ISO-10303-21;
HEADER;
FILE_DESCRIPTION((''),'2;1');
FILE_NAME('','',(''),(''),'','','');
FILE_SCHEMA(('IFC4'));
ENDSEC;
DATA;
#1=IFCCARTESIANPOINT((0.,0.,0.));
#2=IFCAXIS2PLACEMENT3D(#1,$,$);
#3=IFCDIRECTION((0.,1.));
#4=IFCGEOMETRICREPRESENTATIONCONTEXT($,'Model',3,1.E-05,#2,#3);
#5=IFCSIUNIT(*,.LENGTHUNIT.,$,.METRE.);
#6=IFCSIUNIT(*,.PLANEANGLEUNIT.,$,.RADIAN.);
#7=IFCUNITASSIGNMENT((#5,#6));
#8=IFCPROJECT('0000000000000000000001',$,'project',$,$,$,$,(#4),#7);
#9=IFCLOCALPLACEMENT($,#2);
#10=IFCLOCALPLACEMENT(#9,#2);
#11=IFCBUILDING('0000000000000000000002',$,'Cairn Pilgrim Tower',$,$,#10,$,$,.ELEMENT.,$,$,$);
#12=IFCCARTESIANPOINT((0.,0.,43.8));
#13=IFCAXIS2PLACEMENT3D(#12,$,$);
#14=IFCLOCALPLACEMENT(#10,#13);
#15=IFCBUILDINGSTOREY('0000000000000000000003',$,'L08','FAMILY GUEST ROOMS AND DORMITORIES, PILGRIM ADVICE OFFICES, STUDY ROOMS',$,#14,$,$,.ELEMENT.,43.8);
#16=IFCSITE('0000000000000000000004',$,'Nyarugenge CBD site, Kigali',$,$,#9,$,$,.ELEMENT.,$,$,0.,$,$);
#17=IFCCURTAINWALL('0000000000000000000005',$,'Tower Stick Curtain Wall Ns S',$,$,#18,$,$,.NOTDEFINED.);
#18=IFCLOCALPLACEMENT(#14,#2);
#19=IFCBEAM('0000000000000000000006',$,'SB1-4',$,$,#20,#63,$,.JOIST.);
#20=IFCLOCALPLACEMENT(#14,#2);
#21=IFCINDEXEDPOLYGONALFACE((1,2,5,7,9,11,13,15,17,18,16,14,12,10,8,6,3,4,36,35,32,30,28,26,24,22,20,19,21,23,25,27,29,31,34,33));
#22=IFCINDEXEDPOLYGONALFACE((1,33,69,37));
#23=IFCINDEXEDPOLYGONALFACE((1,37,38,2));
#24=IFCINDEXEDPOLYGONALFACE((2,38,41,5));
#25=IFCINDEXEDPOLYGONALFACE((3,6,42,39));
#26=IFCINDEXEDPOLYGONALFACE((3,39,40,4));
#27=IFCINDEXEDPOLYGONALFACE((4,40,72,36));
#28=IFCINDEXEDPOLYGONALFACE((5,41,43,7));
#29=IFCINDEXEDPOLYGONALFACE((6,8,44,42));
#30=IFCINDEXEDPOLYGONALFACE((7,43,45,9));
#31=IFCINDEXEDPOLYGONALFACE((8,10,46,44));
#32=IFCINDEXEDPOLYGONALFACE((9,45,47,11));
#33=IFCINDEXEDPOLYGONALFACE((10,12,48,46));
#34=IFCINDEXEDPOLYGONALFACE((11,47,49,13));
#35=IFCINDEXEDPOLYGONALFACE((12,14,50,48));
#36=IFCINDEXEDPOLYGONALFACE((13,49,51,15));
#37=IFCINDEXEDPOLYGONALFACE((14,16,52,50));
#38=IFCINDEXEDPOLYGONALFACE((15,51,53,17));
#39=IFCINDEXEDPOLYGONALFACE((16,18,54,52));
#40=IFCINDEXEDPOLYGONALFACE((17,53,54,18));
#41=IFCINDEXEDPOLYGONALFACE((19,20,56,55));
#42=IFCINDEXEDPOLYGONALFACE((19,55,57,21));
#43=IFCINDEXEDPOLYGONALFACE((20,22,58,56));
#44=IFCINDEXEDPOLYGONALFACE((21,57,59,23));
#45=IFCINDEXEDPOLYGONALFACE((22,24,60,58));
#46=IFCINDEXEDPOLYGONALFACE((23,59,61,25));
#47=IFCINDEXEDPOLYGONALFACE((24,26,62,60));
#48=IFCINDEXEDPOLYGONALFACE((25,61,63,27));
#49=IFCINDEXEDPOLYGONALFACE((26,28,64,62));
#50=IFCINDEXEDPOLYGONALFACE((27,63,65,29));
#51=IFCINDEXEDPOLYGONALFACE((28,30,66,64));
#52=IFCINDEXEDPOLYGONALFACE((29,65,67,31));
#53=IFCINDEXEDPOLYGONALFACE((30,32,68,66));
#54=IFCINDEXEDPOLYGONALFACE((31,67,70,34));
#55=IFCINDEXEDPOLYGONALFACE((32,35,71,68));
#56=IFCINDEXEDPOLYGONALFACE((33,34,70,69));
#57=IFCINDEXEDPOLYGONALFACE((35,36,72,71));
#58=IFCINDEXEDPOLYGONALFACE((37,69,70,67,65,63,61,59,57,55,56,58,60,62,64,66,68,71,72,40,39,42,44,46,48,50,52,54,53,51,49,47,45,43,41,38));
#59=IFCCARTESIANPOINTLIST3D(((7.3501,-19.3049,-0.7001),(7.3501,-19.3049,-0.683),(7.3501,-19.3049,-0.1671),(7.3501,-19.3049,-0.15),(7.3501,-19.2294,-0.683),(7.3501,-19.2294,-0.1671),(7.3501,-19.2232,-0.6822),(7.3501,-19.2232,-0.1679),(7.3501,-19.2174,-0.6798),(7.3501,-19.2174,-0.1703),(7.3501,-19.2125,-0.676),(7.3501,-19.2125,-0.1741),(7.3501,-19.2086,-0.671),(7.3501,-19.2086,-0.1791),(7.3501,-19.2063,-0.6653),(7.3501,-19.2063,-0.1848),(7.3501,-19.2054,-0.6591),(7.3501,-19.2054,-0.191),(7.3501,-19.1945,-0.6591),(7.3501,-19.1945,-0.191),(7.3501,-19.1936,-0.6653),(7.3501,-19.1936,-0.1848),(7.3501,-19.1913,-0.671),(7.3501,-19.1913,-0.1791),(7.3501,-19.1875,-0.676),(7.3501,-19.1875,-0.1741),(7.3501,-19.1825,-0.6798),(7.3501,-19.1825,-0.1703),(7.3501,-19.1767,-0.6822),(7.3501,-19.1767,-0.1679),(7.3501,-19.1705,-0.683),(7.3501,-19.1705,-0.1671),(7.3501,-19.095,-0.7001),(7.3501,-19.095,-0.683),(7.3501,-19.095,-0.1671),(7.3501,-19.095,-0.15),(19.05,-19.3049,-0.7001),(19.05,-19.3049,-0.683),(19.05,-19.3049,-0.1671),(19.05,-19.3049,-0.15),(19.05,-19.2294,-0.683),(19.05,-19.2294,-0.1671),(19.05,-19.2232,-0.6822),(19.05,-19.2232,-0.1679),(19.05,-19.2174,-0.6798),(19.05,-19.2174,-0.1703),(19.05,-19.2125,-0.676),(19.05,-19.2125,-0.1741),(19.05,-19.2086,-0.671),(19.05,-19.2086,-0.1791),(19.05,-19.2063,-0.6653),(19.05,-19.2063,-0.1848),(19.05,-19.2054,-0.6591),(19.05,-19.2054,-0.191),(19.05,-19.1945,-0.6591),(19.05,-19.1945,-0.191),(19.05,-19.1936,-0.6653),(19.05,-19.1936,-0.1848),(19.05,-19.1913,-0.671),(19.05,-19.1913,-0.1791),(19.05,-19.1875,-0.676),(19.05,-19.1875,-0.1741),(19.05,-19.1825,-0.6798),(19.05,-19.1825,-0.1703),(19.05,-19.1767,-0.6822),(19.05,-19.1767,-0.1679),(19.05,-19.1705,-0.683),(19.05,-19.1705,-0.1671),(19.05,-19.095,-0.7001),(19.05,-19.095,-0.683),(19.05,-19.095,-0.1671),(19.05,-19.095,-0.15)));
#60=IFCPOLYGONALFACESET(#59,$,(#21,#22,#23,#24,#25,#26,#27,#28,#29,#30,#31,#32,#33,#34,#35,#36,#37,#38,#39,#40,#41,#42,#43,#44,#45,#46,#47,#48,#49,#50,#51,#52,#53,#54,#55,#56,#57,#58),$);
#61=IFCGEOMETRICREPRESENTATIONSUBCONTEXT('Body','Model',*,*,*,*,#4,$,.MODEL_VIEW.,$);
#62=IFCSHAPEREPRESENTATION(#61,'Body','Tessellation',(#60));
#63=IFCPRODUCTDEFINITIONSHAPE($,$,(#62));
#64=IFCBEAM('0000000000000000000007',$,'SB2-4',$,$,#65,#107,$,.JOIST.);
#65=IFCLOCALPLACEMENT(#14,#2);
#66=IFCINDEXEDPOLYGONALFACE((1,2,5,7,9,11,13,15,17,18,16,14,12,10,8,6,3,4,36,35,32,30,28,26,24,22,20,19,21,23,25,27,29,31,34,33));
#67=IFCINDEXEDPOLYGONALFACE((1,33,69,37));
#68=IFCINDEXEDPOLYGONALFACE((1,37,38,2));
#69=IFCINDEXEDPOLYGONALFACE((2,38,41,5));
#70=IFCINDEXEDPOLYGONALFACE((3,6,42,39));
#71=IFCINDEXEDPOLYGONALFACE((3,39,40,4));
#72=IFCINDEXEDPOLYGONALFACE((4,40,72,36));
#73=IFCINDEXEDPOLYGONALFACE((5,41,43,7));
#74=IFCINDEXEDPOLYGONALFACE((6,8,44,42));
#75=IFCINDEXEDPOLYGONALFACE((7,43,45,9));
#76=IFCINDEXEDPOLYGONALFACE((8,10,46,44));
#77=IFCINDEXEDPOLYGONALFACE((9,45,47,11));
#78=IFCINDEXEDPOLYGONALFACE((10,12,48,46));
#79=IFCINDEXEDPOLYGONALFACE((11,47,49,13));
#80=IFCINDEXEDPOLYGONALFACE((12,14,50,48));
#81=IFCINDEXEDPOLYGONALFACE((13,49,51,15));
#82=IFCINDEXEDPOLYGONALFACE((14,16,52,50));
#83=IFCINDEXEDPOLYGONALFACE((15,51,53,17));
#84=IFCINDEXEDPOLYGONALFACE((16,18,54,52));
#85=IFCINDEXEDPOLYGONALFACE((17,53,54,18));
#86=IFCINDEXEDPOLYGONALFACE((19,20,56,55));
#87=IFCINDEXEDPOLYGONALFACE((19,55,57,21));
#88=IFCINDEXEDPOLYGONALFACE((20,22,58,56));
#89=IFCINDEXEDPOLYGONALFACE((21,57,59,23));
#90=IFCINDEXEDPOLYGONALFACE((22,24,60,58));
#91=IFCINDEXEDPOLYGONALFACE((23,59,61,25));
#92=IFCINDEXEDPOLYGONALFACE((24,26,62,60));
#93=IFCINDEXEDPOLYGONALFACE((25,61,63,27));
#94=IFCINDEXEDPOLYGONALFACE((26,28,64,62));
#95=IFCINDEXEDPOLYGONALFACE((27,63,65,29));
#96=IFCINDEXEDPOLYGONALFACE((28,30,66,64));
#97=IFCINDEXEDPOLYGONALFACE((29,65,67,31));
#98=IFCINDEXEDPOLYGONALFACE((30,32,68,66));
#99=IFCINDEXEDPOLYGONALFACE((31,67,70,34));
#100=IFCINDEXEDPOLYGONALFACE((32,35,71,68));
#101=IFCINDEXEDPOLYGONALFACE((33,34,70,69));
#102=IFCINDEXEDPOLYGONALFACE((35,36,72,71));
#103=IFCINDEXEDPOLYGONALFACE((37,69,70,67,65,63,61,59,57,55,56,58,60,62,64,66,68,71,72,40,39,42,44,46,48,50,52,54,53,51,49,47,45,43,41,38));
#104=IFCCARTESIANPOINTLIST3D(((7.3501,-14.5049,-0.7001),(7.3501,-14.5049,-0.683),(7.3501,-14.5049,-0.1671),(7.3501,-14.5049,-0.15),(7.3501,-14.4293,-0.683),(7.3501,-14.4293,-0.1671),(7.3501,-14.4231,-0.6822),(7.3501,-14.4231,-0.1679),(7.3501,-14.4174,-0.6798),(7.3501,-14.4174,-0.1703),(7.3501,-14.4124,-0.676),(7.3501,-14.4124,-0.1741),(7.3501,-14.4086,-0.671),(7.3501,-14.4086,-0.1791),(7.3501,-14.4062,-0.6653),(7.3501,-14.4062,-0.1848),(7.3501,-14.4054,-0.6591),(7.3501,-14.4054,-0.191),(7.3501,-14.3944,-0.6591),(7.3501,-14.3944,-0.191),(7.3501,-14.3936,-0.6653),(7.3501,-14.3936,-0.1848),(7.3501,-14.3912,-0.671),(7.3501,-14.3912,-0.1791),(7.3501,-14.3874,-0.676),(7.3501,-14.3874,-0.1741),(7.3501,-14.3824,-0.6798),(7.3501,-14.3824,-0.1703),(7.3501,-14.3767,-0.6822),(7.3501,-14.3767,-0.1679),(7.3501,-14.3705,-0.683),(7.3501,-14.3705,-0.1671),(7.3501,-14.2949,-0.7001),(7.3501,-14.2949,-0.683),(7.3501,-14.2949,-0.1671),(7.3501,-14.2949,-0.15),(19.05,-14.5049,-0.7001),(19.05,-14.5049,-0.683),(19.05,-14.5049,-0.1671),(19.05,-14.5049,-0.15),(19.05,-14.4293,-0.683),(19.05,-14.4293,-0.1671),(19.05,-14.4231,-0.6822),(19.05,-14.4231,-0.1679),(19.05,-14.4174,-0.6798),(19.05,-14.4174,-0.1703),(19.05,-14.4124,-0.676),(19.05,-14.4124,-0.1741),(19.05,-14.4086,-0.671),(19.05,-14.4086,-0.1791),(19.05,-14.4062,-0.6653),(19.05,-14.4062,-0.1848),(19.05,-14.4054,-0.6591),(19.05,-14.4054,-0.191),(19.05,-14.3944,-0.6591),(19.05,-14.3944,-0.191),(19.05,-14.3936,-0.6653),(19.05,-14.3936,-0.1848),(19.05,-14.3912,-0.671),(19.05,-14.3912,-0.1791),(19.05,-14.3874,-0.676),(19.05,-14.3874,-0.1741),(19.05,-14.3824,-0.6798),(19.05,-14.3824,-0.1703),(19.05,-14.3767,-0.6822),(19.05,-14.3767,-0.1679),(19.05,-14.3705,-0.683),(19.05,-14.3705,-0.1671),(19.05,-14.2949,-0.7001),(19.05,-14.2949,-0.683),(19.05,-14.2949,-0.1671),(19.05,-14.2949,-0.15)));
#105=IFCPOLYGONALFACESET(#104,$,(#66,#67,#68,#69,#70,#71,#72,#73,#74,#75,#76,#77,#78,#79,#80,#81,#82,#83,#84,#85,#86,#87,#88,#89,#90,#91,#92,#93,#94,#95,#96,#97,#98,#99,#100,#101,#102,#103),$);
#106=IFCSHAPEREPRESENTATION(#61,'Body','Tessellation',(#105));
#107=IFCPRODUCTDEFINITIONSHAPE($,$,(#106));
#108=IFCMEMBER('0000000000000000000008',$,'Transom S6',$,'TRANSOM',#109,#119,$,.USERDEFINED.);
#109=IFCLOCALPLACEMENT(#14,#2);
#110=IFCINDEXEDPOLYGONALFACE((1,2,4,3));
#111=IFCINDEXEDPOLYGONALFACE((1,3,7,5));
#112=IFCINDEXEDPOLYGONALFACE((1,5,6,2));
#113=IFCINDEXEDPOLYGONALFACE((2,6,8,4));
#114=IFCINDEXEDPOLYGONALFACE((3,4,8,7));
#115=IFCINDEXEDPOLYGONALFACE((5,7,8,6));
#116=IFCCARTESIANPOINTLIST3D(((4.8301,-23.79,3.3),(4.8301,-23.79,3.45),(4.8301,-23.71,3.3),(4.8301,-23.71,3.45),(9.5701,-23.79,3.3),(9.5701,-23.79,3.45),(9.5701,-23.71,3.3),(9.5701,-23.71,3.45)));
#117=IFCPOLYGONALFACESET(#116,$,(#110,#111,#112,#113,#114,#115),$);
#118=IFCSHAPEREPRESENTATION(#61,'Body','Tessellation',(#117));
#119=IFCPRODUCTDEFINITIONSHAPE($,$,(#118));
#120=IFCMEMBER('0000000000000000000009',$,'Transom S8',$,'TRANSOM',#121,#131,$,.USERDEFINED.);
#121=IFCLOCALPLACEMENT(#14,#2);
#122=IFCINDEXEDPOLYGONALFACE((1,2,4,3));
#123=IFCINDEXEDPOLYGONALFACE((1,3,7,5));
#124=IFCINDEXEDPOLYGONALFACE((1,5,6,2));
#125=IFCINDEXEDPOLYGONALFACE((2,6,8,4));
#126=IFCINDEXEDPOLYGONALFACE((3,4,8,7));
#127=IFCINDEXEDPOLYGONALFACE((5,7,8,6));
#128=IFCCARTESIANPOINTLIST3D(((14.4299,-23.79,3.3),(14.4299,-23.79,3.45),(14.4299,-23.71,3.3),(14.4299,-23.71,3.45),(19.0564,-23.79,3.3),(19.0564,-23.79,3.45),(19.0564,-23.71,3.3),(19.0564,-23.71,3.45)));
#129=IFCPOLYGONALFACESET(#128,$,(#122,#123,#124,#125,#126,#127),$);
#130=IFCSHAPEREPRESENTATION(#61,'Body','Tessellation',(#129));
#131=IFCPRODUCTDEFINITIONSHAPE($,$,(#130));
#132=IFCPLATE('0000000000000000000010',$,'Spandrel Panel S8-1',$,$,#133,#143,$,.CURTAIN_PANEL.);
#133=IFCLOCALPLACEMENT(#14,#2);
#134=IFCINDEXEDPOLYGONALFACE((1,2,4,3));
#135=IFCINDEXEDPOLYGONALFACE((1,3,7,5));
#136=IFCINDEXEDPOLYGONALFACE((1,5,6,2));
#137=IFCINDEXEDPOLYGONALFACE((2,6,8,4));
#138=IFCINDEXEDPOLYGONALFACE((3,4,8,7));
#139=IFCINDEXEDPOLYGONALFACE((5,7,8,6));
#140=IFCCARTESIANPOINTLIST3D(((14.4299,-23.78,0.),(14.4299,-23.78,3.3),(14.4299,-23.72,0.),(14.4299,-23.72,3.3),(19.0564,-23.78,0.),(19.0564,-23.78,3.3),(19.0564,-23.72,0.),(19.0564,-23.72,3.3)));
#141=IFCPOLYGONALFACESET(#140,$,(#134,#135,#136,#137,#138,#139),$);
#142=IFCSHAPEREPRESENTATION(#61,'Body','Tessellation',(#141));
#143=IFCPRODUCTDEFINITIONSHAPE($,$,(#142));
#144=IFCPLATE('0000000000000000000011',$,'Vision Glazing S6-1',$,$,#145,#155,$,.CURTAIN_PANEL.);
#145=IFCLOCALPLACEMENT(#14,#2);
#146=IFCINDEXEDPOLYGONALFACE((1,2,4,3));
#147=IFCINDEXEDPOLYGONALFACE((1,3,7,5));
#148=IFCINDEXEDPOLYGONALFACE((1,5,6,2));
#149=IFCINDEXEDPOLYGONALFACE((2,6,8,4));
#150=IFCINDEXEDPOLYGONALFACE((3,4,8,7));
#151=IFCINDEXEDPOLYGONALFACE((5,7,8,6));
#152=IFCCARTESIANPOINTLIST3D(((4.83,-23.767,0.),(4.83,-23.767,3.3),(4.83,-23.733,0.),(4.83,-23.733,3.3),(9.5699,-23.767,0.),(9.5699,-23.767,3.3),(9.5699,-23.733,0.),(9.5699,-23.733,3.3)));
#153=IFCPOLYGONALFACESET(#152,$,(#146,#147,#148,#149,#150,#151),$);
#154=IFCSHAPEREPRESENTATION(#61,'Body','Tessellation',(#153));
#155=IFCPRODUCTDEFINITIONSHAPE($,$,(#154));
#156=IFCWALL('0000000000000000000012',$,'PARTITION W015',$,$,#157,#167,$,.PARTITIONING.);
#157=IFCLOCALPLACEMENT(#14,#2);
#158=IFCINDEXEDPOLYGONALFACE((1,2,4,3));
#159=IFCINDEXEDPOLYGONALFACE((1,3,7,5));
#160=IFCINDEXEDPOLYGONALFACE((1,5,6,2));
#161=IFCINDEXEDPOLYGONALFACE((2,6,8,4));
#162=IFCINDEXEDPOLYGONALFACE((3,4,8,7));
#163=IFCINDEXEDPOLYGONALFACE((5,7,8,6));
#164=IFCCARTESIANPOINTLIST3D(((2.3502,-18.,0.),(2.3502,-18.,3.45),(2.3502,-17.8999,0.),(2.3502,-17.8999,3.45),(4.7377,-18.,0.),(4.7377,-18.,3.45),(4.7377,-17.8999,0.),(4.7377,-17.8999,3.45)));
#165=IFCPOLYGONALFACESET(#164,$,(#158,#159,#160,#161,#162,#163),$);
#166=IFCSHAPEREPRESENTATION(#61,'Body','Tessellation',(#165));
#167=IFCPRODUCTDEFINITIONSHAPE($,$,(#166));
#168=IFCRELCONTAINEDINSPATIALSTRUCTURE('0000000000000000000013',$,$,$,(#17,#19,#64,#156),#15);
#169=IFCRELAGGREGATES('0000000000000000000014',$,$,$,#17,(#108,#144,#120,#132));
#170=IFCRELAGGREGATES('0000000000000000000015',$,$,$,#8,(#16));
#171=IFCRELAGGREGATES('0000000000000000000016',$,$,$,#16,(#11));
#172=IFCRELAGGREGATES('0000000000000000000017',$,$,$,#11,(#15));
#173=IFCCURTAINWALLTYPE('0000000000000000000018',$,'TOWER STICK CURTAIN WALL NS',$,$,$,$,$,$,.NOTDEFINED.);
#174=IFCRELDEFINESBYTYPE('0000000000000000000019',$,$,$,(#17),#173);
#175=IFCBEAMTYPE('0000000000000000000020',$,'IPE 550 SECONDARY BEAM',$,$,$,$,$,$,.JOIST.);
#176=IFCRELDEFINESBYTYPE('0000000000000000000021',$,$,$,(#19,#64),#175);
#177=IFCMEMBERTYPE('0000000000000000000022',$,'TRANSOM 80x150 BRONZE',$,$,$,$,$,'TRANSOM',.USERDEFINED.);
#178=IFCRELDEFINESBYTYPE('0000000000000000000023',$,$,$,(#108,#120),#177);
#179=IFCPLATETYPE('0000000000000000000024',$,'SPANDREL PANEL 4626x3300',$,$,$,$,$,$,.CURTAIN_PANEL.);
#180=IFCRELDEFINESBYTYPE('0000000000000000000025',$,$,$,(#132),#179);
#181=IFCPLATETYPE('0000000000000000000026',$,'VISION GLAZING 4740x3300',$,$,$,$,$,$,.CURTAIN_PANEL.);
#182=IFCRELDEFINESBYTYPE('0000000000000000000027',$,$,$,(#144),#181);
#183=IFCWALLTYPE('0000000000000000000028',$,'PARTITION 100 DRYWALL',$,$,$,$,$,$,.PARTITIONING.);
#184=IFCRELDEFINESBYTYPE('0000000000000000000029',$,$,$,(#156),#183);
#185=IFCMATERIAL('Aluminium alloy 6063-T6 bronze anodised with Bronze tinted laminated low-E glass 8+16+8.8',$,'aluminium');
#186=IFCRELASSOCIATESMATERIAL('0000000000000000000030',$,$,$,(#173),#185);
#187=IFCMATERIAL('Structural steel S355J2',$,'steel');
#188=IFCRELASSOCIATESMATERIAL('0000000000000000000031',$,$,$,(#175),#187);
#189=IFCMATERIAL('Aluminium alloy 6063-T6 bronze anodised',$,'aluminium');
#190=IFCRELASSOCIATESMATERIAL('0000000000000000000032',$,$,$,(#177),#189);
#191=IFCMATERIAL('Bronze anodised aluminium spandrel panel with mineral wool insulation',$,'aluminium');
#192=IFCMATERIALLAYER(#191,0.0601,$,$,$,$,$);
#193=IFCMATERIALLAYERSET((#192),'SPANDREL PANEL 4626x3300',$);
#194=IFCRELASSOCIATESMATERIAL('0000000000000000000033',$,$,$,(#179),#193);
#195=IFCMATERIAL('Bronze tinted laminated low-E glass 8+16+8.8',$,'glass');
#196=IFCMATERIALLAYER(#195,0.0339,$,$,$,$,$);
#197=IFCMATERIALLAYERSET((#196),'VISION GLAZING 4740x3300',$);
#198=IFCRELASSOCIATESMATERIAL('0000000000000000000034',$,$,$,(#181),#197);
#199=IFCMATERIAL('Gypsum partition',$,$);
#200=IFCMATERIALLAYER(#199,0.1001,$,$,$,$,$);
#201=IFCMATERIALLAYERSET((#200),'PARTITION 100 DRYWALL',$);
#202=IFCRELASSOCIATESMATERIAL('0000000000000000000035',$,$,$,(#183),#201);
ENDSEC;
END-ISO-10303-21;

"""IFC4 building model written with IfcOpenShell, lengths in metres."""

from ifc_helpers import new_model, si_unit, direction, frame, frame_2d, origin, origin_2d, place, context, subcontext, project, spatial, rectangle, i_section, extrude, material, layer, layer_set, material_profile, profile_set, type_object, element, aggregate, save


model = new_model("IFC4")

# Units and contexts
model_context = context("Model", 3, precision=1e-05, world=origin(), true_north=direction((0.0, 1.0)))
body_context = subcontext(model_context, "Body", "Model", "MODEL_VIEW")
ifc_project = project(units=[si_unit("LENGTHUNIT", "METRE"), si_unit("PLANEANGLEUNIT", "RADIAN")], contexts=[model_context])

# Site, building, storey
site_placement = place(None, origin())
site = spatial("IfcSite", under=ifc_project, at=site_placement, Name="Nyarugenge CBD site, Kigali", CompositionType="ELEMENT", RefElevation=0.0)
building_placement = place(site_placement, origin())
building = spatial("IfcBuilding", under=site, at=building_placement, Name="Cairn Pilgrim Tower", CompositionType="ELEMENT")
storey_placement = place(building_placement, frame((0.0, 0.0, 43.8)))
storey = spatial("IfcBuildingStorey", under=building, at=storey_placement, Name="L08", Description="FAMILY GUEST ROOMS AND DORMITORIES, PILGRIM ADVICE OFFICES, STUDY ROOMS", CompositionType="ELEMENT", Elevation=43.8)

# Curtain wall
ifc_material_1 = material(Name="Aluminium alloy 6063-T6 bronze anodised with Bronze tinted laminated low-E glass 8+16+8.8", Category="aluminium")
curtain_wall_type = type_object("IfcCurtainWallType", Name="TOWER STICK CURTAIN WALL NS", PredefinedType="NOTDEFINED", material=ifc_material_1)
curtain_wall_placement = place(storey_placement, origin())
curtain_wall = element("IfcCurtainWall", 1, at=curtain_wall_placement, inside=storey, type_object=curtain_wall_type, Name="Tower Stick Curtain Wall Ns S", PredefinedType="NOTDEFINED")
ifc_material_2 = material(Name="Aluminium alloy 6063-T6 bronze anodised", Category="aluminium")

# Beams
ifc_material_3 = material(Name="Structural steel S355J2", Category="steel")
ifc_material_profile_1 = material_profile(ifc_material_3, i_section(OverallWidth=0.21, OverallDepth=0.55, WebThickness=0.011, FlangeThickness=0.0171, FilletRadius=0.0239, at=origin_2d()), Name="IPE 550")
ifc_profile_set_1 = profile_set([ifc_material_profile_1], Name="Structural steel S355J2")
beam_type_1 = type_object("IfcBeamType", Name="IPE 550 SECONDARY BEAM", PredefinedType="JOIST", material=ifc_profile_set_1)
for number, where, z_axis, x_axis, name in (
    (2, (7.3501, -19.2, -0.425), (1.0, 0.0, 0.0), (0.0, 1.0, 0.0), "SB1-4"),
    (3, (7.3501, -14.3999, -0.425), (1.0, 0.0, 0.0), (0.0, 1.0, 0.0), "SB2-4"),
):
    element("IfcBeam", number, at=place(storey_placement, frame(where, z_axis=z_axis, x_axis=x_axis)), inside=storey, type_object=beam_type_1, Name=name, PredefinedType="JOIST", context=body_context, shape_type="SweptSolid", body=[
        extrude(i_section(OverallWidth=0.21, OverallDepth=0.55, WebThickness=0.011, FlangeThickness=0.0171, FilletRadius=0.0239, at=origin_2d()), origin(), (0.0, 0.0, 1.0), 11.7),
    ])

# Members
ifc_material_profile_2 = material_profile(ifc_material_2, rectangle(XDim=0.0801, YDim=0.1499, at=origin_2d()), Name="TRANSOM 80x150 BRONZE")
ifc_profile_set_2 = profile_set([ifc_material_profile_2], Name="Aluminium alloy 6063-T6 bronze anodised")
member_type_1 = type_object("IfcMemberType", Name="TRANSOM 80x150 BRONZE", ElementType="TRANSOM", PredefinedType="USERDEFINED", material=ifc_profile_set_2)
member_1_placement = place(storey_placement, frame((4.8301, -23.75, 3.375), z_axis=(1.0, 0.0, 0.0), x_axis=(0.0, 1.0, 0.0)))
member_1 = element("IfcMember", 4, at=member_1_placement, type_object=member_type_1, Name="Transom S6", ObjectType="TRANSOM", PredefinedType="USERDEFINED", context=body_context, shape_type="SweptSolid", body=[
    extrude(rectangle(XDim=0.0801, YDim=0.1499, at=origin_2d()), origin(), (0.0, 0.0, 1.0), 4.74),
])
member_2_placement = place(storey_placement, frame((14.4299, -23.75, 3.375), z_axis=(1.0, 0.0, 0.0), x_axis=(0.0, 1.0, 0.0)))
member_2 = element("IfcMember", 5, at=member_2_placement, type_object=member_type_1, Name="Transom S8", ObjectType="TRANSOM", PredefinedType="USERDEFINED", context=body_context, shape_type="SweptSolid", body=[
    extrude(rectangle(XDim=0.0801, YDim=0.1499, at=origin_2d()), origin(), (0.0, 0.0, 1.0), 4.6265),
])

# Plates
ifc_material_4 = material(Name="Bronze anodised aluminium spandrel panel with mineral wool insulation", Category="aluminium")
ifc_layer_1 = layer(ifc_material_4, 0.0601)
ifc_layer_set_1 = layer_set([ifc_layer_1], Name="SPANDREL PANEL 4626x3300")
plate_type_1 = type_object("IfcPlateType", Name="SPANDREL PANEL 4626x3300", PredefinedType="CURTAIN_PANEL", material=ifc_layer_set_1)
plate_1_placement = place(storey_placement, frame((16.7432, -23.75, 0.0), z_axis=(0.0, 0.0, 1.0), x_axis=(1.0, 0.0, 0.0)))
plate_1 = element("IfcPlate", 6, at=plate_1_placement, type_object=plate_type_1, Name="Spandrel Panel S8-1", PredefinedType="CURTAIN_PANEL", context=body_context, shape_type="SweptSolid", body=[
    extrude(rectangle(XDim=4.6265, YDim=0.0601, at=origin_2d()), origin(), (0.0, 0.0, 1.0), 3.3),
])
ifc_material_5 = material(Name="Bronze tinted laminated low-E glass 8+16+8.8", Category="glass")
ifc_layer_2 = layer(ifc_material_5, 0.0339)
ifc_layer_set_2 = layer_set([ifc_layer_2], Name="VISION GLAZING 4740x3300")
plate_type_2 = type_object("IfcPlateType", Name="VISION GLAZING 4740x3300", PredefinedType="CURTAIN_PANEL", material=ifc_layer_set_2)
plate_2_placement = place(storey_placement, frame((7.2, -23.75, 0.0), z_axis=(0.0, 0.0, 1.0), x_axis=(1.0, 0.0, 0.0)))
plate_2 = element("IfcPlate", 7, at=plate_2_placement, type_object=plate_type_2, Name="Vision Glazing S6-1", PredefinedType="CURTAIN_PANEL", context=body_context, shape_type="SweptSolid", body=[
    extrude(rectangle(XDim=4.74, YDim=0.0339, at=origin_2d()), origin(), (0.0, 0.0, 1.0), 3.3),
])
aggregate(curtain_wall, [member_1, plate_2, member_2, plate_1])

# Wall
ifc_material_6 = material(Name="Gypsum partition")
ifc_layer_3 = layer(ifc_material_6, 0.1001)
ifc_layer_set_3 = layer_set([ifc_layer_3], Name="PARTITION 100 DRYWALL")
wall_type_1 = type_object("IfcWallType", Name="PARTITION 100 DRYWALL", PredefinedType="PARTITIONING", material=ifc_layer_set_3)
wall_1_placement = place(storey_placement, frame((2.3501, -17.95, 0.0), z_axis=(0.0, 0.0, 1.0), x_axis=(1.0, 0.0, 0.0)))
element("IfcWall", 8, at=wall_1_placement, inside=storey, type_object=wall_type_1, Name="PARTITION W015", PredefinedType="PARTITIONING", context=body_context, shape_type="SweptSolid", body=[
    extrude(rectangle(XDim=2.3875, YDim=0.1001, at=frame_2d((1.1938, 0.0))), origin(), (0.0, 0.0, 1.0), 3.45),
])

save(model, "model.ifc")
